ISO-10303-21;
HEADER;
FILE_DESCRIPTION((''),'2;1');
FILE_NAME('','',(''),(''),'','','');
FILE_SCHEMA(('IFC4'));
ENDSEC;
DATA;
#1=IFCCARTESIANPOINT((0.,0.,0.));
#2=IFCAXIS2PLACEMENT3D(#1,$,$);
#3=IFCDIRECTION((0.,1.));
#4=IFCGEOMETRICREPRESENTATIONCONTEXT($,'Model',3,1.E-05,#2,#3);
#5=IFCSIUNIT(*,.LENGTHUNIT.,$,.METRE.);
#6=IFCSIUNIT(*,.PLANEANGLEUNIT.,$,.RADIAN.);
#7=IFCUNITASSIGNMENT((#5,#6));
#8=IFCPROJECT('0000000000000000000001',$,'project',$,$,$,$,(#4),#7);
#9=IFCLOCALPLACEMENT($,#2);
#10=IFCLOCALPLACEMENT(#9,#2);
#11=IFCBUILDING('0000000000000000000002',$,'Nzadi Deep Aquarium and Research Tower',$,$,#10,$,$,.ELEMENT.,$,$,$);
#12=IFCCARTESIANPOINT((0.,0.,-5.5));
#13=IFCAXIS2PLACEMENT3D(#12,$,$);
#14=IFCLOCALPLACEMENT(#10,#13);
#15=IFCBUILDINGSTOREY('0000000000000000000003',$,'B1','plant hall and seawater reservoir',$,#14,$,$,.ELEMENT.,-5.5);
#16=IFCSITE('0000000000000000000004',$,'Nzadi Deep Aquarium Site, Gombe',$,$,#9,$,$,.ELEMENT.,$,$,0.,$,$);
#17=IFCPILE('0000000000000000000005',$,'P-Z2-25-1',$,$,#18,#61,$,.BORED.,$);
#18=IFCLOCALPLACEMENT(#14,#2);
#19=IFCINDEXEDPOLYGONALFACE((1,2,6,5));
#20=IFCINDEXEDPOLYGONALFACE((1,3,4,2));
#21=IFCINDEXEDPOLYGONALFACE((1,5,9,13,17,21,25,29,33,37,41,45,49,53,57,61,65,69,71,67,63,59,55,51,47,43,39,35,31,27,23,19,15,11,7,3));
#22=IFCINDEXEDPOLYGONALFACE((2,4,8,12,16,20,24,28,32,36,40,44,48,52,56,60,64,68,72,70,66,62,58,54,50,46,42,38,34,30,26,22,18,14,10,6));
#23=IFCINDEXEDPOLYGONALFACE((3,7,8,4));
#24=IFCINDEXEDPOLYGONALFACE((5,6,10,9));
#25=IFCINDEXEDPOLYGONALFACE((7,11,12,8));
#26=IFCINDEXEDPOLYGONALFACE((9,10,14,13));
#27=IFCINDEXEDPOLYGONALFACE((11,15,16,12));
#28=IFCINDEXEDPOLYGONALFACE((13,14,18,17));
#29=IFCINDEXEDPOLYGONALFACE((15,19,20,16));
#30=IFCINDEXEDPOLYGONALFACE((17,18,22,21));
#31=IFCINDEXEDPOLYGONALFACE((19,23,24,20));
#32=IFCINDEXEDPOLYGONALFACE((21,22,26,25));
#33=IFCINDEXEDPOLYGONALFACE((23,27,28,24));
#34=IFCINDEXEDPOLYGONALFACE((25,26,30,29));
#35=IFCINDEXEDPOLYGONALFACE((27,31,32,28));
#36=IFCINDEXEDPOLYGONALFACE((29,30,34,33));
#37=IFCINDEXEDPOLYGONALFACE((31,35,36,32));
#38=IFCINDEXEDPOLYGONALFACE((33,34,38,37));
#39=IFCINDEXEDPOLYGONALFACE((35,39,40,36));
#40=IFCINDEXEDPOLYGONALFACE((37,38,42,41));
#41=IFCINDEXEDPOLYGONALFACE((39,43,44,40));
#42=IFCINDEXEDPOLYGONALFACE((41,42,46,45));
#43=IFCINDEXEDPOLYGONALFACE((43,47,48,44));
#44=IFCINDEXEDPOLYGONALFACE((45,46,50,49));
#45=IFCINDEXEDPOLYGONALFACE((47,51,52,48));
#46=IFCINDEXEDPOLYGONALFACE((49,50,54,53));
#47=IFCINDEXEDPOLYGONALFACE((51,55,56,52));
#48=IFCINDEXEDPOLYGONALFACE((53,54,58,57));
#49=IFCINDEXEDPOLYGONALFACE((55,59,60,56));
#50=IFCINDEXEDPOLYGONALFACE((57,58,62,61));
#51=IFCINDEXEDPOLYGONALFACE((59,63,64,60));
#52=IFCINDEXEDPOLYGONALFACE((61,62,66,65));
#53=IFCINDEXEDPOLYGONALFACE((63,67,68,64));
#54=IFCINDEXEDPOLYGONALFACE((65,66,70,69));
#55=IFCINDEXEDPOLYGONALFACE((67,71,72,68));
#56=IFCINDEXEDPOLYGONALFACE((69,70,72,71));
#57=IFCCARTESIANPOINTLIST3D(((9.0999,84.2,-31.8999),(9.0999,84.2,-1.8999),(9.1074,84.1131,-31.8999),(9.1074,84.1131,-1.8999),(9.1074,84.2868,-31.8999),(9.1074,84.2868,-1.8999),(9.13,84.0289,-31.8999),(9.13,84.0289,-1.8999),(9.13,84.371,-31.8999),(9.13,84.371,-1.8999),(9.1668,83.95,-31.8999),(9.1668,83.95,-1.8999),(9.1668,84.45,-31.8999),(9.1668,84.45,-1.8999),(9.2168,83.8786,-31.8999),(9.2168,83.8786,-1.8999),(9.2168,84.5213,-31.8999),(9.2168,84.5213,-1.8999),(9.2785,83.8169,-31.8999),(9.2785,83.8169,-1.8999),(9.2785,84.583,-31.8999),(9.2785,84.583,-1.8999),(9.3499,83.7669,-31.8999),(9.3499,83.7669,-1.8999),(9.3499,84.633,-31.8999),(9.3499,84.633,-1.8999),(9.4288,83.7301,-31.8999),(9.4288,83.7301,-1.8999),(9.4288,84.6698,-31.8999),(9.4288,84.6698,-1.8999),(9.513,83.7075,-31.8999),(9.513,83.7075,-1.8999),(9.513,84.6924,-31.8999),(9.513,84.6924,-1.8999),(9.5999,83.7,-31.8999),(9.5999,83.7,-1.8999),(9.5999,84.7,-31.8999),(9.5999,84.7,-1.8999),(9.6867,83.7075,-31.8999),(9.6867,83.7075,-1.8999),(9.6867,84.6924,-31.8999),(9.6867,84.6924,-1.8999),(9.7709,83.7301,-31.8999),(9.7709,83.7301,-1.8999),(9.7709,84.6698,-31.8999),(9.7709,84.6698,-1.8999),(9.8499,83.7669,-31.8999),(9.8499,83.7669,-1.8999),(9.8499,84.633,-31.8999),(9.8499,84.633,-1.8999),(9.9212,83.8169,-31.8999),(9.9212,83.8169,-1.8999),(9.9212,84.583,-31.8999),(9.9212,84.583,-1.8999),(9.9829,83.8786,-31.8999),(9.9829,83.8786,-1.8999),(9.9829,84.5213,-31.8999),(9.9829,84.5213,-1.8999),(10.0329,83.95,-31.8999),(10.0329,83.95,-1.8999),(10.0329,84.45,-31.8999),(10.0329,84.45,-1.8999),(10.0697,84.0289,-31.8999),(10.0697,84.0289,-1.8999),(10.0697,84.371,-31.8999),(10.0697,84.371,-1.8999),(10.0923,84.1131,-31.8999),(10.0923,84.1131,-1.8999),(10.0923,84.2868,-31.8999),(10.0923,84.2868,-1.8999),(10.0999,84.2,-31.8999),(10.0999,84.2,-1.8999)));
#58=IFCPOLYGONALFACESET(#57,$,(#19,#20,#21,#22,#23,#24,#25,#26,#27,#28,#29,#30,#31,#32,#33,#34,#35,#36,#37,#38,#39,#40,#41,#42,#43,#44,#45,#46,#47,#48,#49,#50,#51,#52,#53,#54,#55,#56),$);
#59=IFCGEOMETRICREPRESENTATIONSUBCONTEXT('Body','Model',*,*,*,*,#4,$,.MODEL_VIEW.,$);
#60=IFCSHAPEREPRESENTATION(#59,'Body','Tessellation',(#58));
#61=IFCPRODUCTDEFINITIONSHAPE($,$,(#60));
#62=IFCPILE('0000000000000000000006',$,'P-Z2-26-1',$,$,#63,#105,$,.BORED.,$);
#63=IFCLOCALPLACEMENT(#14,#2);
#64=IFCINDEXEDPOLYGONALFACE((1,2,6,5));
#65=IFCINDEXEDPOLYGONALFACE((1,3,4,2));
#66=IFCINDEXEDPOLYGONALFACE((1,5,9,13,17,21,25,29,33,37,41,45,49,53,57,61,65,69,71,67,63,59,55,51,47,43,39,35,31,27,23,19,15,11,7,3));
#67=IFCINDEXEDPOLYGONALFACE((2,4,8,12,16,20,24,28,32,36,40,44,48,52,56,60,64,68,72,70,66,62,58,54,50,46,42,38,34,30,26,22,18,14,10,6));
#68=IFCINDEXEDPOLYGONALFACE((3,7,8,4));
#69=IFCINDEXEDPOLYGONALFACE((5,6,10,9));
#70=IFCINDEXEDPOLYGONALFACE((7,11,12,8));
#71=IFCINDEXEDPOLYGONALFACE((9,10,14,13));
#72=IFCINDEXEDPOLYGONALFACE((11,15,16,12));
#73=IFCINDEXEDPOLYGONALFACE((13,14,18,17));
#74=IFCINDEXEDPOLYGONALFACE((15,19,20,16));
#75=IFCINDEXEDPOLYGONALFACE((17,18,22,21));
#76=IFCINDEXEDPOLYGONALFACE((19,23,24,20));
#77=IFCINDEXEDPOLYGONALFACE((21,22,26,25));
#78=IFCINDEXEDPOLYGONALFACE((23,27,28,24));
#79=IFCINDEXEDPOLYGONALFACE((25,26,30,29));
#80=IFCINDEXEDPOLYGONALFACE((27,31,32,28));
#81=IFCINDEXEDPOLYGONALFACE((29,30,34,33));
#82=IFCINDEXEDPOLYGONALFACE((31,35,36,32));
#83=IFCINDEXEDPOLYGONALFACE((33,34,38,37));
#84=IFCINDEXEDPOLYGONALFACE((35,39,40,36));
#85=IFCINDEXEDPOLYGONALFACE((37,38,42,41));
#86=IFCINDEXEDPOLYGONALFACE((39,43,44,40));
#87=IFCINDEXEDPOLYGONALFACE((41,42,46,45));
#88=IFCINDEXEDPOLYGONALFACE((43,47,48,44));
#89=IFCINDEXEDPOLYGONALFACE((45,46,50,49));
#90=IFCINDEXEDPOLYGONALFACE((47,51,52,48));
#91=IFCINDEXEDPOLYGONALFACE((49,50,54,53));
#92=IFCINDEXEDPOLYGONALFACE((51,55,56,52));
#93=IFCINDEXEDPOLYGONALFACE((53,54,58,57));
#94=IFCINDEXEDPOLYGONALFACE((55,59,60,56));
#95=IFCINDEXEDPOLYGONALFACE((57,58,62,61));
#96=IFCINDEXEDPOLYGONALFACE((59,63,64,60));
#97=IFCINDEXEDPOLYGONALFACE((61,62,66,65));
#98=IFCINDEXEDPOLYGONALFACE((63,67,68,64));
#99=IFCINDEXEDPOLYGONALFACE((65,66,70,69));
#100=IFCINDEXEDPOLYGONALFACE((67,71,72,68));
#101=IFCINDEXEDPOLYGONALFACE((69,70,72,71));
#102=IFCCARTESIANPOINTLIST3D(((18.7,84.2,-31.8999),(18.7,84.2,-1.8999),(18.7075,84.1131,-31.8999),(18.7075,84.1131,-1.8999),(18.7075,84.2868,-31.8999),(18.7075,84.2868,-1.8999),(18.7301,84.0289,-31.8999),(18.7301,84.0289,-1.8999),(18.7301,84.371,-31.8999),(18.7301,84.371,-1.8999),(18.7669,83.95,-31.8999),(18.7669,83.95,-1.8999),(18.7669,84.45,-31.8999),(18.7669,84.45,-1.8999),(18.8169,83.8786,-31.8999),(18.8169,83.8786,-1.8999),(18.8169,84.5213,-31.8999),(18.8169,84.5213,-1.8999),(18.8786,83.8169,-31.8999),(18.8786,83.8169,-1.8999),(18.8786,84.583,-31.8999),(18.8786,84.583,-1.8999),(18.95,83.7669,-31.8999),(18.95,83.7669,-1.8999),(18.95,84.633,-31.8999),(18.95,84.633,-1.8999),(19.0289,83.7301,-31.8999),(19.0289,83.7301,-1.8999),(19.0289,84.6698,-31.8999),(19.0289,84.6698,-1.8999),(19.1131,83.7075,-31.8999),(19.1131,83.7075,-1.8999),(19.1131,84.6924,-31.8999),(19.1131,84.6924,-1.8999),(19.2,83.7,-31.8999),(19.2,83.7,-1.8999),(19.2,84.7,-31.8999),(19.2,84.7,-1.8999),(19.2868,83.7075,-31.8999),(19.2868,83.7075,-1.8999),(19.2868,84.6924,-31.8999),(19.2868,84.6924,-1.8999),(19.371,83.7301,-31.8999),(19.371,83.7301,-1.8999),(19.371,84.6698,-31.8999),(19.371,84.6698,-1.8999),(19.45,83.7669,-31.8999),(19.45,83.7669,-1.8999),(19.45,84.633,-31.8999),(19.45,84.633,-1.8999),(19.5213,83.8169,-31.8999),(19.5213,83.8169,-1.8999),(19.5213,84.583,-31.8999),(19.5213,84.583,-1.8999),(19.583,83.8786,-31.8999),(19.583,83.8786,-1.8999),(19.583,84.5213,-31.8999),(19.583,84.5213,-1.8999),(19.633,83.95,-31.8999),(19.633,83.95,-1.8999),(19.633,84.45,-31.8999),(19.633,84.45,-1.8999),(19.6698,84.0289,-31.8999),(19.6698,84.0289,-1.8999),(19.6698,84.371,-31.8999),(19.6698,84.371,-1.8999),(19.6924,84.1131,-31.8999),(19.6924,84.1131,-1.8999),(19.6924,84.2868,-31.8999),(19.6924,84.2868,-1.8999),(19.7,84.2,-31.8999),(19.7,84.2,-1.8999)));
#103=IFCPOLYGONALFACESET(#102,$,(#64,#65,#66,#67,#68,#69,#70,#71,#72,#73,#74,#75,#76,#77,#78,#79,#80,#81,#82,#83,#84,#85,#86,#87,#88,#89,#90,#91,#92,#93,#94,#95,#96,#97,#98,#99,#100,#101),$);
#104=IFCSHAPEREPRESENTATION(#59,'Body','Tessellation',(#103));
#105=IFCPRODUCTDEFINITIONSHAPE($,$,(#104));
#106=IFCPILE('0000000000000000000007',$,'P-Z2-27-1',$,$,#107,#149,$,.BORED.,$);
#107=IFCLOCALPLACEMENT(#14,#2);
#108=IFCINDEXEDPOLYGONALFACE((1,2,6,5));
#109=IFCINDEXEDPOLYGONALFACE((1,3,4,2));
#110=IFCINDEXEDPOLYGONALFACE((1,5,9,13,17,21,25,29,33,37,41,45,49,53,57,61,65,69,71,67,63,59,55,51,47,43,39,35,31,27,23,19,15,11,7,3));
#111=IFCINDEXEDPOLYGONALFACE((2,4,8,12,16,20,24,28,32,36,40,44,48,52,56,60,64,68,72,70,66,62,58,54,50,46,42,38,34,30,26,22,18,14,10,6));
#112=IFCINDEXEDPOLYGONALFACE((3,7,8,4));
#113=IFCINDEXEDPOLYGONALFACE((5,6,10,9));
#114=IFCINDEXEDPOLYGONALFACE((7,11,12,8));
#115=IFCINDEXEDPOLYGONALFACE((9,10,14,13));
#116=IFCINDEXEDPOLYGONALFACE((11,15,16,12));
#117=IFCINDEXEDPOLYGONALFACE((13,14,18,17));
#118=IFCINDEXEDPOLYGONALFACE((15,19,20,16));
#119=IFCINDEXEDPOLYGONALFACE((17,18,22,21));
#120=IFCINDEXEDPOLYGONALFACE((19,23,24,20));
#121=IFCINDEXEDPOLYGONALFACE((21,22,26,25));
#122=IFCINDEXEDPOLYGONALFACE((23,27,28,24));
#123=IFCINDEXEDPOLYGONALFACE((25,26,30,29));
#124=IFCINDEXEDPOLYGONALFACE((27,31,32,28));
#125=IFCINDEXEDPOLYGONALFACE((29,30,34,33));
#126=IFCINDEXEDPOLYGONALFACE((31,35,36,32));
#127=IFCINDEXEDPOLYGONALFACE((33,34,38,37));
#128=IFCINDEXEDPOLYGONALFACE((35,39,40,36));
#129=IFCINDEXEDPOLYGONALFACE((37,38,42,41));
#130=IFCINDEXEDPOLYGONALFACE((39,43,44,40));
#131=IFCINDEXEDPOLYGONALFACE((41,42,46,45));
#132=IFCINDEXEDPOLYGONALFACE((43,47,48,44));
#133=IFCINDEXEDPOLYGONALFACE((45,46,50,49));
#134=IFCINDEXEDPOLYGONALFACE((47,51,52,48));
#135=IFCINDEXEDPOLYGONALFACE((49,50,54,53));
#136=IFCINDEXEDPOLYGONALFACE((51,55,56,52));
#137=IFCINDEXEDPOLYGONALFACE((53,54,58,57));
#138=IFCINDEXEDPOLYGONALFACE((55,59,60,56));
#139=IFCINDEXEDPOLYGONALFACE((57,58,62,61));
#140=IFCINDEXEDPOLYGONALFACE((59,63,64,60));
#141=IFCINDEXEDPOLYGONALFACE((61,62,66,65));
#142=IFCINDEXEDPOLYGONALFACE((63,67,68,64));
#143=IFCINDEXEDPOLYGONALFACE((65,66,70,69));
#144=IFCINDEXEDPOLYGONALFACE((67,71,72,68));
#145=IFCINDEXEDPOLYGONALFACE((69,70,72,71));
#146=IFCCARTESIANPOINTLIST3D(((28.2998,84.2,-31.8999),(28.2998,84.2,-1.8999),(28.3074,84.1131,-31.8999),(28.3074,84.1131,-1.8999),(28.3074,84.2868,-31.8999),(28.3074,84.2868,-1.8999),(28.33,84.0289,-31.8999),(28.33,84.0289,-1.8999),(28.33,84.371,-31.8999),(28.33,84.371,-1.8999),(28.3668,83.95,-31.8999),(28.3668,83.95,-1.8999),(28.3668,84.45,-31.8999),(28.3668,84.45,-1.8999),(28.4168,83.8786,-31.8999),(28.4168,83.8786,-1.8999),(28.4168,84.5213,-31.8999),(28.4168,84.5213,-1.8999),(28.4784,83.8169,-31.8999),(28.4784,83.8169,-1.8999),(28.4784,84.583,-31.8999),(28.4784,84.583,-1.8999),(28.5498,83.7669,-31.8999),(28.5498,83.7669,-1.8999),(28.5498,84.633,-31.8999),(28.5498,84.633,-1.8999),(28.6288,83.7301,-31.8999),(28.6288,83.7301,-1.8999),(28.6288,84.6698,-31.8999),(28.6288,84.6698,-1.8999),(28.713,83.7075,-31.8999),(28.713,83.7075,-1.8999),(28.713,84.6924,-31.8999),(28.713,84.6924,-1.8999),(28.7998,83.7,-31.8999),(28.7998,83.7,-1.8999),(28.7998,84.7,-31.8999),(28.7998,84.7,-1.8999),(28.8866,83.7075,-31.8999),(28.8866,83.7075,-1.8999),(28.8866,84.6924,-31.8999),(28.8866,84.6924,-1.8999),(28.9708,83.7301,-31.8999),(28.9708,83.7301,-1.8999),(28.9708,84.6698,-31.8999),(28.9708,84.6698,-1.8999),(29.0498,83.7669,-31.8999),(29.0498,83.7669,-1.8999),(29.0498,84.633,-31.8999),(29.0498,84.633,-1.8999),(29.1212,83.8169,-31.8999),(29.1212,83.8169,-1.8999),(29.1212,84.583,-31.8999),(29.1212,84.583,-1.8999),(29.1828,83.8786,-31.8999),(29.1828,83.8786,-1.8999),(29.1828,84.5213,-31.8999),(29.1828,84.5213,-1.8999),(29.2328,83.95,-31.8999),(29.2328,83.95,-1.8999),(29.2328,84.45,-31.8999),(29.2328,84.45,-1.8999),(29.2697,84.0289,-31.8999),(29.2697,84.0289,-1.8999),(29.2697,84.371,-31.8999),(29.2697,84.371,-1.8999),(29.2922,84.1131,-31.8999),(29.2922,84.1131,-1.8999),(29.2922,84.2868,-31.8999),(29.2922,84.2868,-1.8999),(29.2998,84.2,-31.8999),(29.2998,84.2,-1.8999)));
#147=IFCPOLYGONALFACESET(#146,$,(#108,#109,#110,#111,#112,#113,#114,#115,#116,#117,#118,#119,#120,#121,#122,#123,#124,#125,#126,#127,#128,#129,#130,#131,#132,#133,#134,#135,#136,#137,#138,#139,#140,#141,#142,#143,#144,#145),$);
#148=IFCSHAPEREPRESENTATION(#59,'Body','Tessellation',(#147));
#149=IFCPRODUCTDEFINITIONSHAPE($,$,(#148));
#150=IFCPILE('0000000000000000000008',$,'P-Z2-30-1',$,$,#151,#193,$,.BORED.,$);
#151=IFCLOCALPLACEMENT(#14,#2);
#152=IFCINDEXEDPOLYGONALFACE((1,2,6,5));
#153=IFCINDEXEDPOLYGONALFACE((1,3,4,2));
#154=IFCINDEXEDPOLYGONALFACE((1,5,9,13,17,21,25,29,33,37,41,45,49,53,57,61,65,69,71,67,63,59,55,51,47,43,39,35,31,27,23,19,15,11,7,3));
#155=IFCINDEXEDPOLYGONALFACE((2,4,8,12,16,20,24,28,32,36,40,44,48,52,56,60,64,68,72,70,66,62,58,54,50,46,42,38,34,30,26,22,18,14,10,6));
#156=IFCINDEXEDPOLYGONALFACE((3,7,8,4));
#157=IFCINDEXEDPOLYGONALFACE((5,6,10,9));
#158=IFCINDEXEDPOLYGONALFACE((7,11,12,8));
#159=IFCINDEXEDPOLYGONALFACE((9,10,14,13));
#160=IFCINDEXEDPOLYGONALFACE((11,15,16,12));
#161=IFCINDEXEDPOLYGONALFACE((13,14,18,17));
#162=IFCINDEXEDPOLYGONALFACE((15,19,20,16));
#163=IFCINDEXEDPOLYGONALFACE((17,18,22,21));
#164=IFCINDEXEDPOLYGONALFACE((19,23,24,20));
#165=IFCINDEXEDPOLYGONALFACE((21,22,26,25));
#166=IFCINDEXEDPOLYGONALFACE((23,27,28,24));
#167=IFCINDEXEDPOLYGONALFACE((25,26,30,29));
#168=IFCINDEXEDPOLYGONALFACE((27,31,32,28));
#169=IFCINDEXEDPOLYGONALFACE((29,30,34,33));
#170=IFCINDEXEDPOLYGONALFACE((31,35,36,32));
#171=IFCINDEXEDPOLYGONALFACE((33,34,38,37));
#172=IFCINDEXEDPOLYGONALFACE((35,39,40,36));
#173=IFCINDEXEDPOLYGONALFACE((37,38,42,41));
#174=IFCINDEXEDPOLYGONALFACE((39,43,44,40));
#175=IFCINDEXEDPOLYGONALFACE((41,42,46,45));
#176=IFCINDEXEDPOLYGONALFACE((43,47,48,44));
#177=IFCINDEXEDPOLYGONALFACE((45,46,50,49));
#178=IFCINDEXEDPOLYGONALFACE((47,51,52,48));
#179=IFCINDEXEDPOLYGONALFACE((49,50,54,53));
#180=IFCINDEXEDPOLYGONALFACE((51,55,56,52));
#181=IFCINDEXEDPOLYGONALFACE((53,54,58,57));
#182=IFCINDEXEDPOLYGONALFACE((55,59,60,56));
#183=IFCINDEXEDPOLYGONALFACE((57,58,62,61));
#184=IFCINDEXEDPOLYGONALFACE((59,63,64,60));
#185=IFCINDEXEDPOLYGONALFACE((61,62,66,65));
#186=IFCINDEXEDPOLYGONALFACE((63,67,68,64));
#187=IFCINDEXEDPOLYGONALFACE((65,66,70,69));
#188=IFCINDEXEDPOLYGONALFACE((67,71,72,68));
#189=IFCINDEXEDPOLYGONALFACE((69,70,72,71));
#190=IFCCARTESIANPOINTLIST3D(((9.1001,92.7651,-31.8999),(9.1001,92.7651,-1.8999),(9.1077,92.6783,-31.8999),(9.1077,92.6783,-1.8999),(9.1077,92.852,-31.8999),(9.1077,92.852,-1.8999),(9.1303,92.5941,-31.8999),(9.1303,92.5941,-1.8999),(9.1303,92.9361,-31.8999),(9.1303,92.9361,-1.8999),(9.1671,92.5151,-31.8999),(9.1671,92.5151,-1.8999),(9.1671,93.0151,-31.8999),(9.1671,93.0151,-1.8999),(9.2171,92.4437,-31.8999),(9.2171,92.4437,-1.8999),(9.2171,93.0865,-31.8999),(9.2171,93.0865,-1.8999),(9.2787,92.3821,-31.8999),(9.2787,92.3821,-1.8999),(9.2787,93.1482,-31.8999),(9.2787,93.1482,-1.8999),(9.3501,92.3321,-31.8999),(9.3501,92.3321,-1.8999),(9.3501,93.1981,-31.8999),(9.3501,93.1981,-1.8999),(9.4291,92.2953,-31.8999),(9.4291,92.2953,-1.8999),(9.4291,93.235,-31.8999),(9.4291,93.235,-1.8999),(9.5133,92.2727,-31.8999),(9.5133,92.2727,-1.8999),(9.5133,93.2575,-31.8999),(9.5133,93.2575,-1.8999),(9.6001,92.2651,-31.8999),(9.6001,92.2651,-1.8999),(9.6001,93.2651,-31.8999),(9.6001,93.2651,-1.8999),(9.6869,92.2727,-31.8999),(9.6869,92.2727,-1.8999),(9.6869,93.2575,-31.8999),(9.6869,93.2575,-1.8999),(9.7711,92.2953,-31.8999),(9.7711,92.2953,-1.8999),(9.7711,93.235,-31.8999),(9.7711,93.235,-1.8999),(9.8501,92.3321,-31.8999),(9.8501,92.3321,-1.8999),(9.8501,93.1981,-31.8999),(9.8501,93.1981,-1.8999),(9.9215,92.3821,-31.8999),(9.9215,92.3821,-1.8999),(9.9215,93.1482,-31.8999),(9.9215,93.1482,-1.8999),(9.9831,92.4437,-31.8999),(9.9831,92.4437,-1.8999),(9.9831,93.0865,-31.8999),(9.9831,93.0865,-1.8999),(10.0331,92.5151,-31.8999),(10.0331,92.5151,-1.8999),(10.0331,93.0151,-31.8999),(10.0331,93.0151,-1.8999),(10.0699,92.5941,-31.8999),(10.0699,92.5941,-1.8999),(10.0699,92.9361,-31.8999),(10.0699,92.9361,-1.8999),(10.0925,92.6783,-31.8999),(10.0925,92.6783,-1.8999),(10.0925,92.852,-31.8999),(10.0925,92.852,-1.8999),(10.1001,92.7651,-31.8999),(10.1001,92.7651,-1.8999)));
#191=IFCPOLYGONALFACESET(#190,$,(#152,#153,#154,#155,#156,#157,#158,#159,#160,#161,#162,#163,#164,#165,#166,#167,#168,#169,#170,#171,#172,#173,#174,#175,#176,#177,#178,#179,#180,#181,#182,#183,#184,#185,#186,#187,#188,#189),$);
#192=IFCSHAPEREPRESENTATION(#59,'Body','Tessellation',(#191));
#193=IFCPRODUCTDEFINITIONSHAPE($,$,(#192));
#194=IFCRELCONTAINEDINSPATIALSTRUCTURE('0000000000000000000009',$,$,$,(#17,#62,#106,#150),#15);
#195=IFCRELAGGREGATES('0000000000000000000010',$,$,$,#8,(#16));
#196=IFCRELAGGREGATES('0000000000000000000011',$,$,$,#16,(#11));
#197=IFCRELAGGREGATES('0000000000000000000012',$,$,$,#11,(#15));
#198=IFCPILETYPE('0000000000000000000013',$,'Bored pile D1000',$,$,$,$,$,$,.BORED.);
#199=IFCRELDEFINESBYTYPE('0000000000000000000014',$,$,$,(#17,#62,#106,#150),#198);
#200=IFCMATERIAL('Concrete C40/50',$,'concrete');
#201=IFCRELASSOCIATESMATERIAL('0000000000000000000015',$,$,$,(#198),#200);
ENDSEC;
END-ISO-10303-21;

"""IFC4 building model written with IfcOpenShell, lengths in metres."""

from ifc_helpers import new_model, si_unit, direction, frame, origin, origin_2d, place, context, subcontext, project, spatial, circle, extrude, material, material_profile, profile_set, type_object, element, save


model = new_model("IFC4")

# Units and contexts
model_context = context("Model", 3, precision=1e-05, world=origin(), true_north=direction((0.0, 1.0)))
body_context = subcontext(model_context, "Body", "Model", "MODEL_VIEW")
ifc_project = project(units=[si_unit("LENGTHUNIT", "METRE"), si_unit("PLANEANGLEUNIT", "RADIAN")], contexts=[model_context])

# Site, building, storey
site_placement = place(None, origin())
site = spatial("IfcSite", under=ifc_project, at=site_placement, Name="Nzadi Deep Aquarium Site, Gombe", CompositionType="ELEMENT", RefElevation=0.0)
building_placement = place(site_placement, origin())
building = spatial("IfcBuilding", under=site, at=building_placement, Name="Nzadi Deep Aquarium and Research Tower", CompositionType="ELEMENT")
storey_placement = place(building_placement, frame((0.0, 0.0, -5.5)))
storey = spatial("IfcBuildingStorey", under=building, at=storey_placement, Name="B1", Description="plant hall and seawater reservoir", CompositionType="ELEMENT", Elevation=-5.5)

# Piles
ifc_material_1 = material(Name="Concrete C40/50", Category="concrete")
ifc_material_profile_1 = material_profile(ifc_material_1, circle(Radius=0.5, at=origin_2d()))
ifc_profile_set_1 = profile_set([ifc_material_profile_1], Name="Concrete C40/50")
pile_type_1 = type_object("IfcPileType", Name="Bored pile D1000", PredefinedType="BORED", material=ifc_profile_set_1)
for number, where, z_axis, x_axis, name in (
    (1, (9.5999, 84.2, -1.8999), (0.0, 0.0, -1.0), (1.0, 0.0, 0.0), "P-Z2-25-1"),
    (2, (19.2, 84.2, -1.8999), (0.0, 0.0, -1.0), (1.0, 0.0, 0.0), "P-Z2-26-1"),
    (3, (28.7998, 84.2, -1.8999), (0.0, 0.0, -1.0), (1.0, 0.0, 0.0), "P-Z2-27-1"),
    (4, (9.6001, 92.7651, -1.8999), (0.0, 0.0, -1.0), (1.0, 0.0, 0.0), "P-Z2-30-1"),
):
    element("IfcPile", number, at=place(storey_placement, frame(where, z_axis=z_axis, x_axis=x_axis)), inside=storey, type_object=pile_type_1, Name=name, PredefinedType="BORED", context=body_context, shape_type="SweptSolid", body=[
        extrude(circle(Radius=0.5, at=origin_2d()), origin(), (0.0, 0.0, 1.0), 30.0),
    ])

save(model, "model.ifc")
